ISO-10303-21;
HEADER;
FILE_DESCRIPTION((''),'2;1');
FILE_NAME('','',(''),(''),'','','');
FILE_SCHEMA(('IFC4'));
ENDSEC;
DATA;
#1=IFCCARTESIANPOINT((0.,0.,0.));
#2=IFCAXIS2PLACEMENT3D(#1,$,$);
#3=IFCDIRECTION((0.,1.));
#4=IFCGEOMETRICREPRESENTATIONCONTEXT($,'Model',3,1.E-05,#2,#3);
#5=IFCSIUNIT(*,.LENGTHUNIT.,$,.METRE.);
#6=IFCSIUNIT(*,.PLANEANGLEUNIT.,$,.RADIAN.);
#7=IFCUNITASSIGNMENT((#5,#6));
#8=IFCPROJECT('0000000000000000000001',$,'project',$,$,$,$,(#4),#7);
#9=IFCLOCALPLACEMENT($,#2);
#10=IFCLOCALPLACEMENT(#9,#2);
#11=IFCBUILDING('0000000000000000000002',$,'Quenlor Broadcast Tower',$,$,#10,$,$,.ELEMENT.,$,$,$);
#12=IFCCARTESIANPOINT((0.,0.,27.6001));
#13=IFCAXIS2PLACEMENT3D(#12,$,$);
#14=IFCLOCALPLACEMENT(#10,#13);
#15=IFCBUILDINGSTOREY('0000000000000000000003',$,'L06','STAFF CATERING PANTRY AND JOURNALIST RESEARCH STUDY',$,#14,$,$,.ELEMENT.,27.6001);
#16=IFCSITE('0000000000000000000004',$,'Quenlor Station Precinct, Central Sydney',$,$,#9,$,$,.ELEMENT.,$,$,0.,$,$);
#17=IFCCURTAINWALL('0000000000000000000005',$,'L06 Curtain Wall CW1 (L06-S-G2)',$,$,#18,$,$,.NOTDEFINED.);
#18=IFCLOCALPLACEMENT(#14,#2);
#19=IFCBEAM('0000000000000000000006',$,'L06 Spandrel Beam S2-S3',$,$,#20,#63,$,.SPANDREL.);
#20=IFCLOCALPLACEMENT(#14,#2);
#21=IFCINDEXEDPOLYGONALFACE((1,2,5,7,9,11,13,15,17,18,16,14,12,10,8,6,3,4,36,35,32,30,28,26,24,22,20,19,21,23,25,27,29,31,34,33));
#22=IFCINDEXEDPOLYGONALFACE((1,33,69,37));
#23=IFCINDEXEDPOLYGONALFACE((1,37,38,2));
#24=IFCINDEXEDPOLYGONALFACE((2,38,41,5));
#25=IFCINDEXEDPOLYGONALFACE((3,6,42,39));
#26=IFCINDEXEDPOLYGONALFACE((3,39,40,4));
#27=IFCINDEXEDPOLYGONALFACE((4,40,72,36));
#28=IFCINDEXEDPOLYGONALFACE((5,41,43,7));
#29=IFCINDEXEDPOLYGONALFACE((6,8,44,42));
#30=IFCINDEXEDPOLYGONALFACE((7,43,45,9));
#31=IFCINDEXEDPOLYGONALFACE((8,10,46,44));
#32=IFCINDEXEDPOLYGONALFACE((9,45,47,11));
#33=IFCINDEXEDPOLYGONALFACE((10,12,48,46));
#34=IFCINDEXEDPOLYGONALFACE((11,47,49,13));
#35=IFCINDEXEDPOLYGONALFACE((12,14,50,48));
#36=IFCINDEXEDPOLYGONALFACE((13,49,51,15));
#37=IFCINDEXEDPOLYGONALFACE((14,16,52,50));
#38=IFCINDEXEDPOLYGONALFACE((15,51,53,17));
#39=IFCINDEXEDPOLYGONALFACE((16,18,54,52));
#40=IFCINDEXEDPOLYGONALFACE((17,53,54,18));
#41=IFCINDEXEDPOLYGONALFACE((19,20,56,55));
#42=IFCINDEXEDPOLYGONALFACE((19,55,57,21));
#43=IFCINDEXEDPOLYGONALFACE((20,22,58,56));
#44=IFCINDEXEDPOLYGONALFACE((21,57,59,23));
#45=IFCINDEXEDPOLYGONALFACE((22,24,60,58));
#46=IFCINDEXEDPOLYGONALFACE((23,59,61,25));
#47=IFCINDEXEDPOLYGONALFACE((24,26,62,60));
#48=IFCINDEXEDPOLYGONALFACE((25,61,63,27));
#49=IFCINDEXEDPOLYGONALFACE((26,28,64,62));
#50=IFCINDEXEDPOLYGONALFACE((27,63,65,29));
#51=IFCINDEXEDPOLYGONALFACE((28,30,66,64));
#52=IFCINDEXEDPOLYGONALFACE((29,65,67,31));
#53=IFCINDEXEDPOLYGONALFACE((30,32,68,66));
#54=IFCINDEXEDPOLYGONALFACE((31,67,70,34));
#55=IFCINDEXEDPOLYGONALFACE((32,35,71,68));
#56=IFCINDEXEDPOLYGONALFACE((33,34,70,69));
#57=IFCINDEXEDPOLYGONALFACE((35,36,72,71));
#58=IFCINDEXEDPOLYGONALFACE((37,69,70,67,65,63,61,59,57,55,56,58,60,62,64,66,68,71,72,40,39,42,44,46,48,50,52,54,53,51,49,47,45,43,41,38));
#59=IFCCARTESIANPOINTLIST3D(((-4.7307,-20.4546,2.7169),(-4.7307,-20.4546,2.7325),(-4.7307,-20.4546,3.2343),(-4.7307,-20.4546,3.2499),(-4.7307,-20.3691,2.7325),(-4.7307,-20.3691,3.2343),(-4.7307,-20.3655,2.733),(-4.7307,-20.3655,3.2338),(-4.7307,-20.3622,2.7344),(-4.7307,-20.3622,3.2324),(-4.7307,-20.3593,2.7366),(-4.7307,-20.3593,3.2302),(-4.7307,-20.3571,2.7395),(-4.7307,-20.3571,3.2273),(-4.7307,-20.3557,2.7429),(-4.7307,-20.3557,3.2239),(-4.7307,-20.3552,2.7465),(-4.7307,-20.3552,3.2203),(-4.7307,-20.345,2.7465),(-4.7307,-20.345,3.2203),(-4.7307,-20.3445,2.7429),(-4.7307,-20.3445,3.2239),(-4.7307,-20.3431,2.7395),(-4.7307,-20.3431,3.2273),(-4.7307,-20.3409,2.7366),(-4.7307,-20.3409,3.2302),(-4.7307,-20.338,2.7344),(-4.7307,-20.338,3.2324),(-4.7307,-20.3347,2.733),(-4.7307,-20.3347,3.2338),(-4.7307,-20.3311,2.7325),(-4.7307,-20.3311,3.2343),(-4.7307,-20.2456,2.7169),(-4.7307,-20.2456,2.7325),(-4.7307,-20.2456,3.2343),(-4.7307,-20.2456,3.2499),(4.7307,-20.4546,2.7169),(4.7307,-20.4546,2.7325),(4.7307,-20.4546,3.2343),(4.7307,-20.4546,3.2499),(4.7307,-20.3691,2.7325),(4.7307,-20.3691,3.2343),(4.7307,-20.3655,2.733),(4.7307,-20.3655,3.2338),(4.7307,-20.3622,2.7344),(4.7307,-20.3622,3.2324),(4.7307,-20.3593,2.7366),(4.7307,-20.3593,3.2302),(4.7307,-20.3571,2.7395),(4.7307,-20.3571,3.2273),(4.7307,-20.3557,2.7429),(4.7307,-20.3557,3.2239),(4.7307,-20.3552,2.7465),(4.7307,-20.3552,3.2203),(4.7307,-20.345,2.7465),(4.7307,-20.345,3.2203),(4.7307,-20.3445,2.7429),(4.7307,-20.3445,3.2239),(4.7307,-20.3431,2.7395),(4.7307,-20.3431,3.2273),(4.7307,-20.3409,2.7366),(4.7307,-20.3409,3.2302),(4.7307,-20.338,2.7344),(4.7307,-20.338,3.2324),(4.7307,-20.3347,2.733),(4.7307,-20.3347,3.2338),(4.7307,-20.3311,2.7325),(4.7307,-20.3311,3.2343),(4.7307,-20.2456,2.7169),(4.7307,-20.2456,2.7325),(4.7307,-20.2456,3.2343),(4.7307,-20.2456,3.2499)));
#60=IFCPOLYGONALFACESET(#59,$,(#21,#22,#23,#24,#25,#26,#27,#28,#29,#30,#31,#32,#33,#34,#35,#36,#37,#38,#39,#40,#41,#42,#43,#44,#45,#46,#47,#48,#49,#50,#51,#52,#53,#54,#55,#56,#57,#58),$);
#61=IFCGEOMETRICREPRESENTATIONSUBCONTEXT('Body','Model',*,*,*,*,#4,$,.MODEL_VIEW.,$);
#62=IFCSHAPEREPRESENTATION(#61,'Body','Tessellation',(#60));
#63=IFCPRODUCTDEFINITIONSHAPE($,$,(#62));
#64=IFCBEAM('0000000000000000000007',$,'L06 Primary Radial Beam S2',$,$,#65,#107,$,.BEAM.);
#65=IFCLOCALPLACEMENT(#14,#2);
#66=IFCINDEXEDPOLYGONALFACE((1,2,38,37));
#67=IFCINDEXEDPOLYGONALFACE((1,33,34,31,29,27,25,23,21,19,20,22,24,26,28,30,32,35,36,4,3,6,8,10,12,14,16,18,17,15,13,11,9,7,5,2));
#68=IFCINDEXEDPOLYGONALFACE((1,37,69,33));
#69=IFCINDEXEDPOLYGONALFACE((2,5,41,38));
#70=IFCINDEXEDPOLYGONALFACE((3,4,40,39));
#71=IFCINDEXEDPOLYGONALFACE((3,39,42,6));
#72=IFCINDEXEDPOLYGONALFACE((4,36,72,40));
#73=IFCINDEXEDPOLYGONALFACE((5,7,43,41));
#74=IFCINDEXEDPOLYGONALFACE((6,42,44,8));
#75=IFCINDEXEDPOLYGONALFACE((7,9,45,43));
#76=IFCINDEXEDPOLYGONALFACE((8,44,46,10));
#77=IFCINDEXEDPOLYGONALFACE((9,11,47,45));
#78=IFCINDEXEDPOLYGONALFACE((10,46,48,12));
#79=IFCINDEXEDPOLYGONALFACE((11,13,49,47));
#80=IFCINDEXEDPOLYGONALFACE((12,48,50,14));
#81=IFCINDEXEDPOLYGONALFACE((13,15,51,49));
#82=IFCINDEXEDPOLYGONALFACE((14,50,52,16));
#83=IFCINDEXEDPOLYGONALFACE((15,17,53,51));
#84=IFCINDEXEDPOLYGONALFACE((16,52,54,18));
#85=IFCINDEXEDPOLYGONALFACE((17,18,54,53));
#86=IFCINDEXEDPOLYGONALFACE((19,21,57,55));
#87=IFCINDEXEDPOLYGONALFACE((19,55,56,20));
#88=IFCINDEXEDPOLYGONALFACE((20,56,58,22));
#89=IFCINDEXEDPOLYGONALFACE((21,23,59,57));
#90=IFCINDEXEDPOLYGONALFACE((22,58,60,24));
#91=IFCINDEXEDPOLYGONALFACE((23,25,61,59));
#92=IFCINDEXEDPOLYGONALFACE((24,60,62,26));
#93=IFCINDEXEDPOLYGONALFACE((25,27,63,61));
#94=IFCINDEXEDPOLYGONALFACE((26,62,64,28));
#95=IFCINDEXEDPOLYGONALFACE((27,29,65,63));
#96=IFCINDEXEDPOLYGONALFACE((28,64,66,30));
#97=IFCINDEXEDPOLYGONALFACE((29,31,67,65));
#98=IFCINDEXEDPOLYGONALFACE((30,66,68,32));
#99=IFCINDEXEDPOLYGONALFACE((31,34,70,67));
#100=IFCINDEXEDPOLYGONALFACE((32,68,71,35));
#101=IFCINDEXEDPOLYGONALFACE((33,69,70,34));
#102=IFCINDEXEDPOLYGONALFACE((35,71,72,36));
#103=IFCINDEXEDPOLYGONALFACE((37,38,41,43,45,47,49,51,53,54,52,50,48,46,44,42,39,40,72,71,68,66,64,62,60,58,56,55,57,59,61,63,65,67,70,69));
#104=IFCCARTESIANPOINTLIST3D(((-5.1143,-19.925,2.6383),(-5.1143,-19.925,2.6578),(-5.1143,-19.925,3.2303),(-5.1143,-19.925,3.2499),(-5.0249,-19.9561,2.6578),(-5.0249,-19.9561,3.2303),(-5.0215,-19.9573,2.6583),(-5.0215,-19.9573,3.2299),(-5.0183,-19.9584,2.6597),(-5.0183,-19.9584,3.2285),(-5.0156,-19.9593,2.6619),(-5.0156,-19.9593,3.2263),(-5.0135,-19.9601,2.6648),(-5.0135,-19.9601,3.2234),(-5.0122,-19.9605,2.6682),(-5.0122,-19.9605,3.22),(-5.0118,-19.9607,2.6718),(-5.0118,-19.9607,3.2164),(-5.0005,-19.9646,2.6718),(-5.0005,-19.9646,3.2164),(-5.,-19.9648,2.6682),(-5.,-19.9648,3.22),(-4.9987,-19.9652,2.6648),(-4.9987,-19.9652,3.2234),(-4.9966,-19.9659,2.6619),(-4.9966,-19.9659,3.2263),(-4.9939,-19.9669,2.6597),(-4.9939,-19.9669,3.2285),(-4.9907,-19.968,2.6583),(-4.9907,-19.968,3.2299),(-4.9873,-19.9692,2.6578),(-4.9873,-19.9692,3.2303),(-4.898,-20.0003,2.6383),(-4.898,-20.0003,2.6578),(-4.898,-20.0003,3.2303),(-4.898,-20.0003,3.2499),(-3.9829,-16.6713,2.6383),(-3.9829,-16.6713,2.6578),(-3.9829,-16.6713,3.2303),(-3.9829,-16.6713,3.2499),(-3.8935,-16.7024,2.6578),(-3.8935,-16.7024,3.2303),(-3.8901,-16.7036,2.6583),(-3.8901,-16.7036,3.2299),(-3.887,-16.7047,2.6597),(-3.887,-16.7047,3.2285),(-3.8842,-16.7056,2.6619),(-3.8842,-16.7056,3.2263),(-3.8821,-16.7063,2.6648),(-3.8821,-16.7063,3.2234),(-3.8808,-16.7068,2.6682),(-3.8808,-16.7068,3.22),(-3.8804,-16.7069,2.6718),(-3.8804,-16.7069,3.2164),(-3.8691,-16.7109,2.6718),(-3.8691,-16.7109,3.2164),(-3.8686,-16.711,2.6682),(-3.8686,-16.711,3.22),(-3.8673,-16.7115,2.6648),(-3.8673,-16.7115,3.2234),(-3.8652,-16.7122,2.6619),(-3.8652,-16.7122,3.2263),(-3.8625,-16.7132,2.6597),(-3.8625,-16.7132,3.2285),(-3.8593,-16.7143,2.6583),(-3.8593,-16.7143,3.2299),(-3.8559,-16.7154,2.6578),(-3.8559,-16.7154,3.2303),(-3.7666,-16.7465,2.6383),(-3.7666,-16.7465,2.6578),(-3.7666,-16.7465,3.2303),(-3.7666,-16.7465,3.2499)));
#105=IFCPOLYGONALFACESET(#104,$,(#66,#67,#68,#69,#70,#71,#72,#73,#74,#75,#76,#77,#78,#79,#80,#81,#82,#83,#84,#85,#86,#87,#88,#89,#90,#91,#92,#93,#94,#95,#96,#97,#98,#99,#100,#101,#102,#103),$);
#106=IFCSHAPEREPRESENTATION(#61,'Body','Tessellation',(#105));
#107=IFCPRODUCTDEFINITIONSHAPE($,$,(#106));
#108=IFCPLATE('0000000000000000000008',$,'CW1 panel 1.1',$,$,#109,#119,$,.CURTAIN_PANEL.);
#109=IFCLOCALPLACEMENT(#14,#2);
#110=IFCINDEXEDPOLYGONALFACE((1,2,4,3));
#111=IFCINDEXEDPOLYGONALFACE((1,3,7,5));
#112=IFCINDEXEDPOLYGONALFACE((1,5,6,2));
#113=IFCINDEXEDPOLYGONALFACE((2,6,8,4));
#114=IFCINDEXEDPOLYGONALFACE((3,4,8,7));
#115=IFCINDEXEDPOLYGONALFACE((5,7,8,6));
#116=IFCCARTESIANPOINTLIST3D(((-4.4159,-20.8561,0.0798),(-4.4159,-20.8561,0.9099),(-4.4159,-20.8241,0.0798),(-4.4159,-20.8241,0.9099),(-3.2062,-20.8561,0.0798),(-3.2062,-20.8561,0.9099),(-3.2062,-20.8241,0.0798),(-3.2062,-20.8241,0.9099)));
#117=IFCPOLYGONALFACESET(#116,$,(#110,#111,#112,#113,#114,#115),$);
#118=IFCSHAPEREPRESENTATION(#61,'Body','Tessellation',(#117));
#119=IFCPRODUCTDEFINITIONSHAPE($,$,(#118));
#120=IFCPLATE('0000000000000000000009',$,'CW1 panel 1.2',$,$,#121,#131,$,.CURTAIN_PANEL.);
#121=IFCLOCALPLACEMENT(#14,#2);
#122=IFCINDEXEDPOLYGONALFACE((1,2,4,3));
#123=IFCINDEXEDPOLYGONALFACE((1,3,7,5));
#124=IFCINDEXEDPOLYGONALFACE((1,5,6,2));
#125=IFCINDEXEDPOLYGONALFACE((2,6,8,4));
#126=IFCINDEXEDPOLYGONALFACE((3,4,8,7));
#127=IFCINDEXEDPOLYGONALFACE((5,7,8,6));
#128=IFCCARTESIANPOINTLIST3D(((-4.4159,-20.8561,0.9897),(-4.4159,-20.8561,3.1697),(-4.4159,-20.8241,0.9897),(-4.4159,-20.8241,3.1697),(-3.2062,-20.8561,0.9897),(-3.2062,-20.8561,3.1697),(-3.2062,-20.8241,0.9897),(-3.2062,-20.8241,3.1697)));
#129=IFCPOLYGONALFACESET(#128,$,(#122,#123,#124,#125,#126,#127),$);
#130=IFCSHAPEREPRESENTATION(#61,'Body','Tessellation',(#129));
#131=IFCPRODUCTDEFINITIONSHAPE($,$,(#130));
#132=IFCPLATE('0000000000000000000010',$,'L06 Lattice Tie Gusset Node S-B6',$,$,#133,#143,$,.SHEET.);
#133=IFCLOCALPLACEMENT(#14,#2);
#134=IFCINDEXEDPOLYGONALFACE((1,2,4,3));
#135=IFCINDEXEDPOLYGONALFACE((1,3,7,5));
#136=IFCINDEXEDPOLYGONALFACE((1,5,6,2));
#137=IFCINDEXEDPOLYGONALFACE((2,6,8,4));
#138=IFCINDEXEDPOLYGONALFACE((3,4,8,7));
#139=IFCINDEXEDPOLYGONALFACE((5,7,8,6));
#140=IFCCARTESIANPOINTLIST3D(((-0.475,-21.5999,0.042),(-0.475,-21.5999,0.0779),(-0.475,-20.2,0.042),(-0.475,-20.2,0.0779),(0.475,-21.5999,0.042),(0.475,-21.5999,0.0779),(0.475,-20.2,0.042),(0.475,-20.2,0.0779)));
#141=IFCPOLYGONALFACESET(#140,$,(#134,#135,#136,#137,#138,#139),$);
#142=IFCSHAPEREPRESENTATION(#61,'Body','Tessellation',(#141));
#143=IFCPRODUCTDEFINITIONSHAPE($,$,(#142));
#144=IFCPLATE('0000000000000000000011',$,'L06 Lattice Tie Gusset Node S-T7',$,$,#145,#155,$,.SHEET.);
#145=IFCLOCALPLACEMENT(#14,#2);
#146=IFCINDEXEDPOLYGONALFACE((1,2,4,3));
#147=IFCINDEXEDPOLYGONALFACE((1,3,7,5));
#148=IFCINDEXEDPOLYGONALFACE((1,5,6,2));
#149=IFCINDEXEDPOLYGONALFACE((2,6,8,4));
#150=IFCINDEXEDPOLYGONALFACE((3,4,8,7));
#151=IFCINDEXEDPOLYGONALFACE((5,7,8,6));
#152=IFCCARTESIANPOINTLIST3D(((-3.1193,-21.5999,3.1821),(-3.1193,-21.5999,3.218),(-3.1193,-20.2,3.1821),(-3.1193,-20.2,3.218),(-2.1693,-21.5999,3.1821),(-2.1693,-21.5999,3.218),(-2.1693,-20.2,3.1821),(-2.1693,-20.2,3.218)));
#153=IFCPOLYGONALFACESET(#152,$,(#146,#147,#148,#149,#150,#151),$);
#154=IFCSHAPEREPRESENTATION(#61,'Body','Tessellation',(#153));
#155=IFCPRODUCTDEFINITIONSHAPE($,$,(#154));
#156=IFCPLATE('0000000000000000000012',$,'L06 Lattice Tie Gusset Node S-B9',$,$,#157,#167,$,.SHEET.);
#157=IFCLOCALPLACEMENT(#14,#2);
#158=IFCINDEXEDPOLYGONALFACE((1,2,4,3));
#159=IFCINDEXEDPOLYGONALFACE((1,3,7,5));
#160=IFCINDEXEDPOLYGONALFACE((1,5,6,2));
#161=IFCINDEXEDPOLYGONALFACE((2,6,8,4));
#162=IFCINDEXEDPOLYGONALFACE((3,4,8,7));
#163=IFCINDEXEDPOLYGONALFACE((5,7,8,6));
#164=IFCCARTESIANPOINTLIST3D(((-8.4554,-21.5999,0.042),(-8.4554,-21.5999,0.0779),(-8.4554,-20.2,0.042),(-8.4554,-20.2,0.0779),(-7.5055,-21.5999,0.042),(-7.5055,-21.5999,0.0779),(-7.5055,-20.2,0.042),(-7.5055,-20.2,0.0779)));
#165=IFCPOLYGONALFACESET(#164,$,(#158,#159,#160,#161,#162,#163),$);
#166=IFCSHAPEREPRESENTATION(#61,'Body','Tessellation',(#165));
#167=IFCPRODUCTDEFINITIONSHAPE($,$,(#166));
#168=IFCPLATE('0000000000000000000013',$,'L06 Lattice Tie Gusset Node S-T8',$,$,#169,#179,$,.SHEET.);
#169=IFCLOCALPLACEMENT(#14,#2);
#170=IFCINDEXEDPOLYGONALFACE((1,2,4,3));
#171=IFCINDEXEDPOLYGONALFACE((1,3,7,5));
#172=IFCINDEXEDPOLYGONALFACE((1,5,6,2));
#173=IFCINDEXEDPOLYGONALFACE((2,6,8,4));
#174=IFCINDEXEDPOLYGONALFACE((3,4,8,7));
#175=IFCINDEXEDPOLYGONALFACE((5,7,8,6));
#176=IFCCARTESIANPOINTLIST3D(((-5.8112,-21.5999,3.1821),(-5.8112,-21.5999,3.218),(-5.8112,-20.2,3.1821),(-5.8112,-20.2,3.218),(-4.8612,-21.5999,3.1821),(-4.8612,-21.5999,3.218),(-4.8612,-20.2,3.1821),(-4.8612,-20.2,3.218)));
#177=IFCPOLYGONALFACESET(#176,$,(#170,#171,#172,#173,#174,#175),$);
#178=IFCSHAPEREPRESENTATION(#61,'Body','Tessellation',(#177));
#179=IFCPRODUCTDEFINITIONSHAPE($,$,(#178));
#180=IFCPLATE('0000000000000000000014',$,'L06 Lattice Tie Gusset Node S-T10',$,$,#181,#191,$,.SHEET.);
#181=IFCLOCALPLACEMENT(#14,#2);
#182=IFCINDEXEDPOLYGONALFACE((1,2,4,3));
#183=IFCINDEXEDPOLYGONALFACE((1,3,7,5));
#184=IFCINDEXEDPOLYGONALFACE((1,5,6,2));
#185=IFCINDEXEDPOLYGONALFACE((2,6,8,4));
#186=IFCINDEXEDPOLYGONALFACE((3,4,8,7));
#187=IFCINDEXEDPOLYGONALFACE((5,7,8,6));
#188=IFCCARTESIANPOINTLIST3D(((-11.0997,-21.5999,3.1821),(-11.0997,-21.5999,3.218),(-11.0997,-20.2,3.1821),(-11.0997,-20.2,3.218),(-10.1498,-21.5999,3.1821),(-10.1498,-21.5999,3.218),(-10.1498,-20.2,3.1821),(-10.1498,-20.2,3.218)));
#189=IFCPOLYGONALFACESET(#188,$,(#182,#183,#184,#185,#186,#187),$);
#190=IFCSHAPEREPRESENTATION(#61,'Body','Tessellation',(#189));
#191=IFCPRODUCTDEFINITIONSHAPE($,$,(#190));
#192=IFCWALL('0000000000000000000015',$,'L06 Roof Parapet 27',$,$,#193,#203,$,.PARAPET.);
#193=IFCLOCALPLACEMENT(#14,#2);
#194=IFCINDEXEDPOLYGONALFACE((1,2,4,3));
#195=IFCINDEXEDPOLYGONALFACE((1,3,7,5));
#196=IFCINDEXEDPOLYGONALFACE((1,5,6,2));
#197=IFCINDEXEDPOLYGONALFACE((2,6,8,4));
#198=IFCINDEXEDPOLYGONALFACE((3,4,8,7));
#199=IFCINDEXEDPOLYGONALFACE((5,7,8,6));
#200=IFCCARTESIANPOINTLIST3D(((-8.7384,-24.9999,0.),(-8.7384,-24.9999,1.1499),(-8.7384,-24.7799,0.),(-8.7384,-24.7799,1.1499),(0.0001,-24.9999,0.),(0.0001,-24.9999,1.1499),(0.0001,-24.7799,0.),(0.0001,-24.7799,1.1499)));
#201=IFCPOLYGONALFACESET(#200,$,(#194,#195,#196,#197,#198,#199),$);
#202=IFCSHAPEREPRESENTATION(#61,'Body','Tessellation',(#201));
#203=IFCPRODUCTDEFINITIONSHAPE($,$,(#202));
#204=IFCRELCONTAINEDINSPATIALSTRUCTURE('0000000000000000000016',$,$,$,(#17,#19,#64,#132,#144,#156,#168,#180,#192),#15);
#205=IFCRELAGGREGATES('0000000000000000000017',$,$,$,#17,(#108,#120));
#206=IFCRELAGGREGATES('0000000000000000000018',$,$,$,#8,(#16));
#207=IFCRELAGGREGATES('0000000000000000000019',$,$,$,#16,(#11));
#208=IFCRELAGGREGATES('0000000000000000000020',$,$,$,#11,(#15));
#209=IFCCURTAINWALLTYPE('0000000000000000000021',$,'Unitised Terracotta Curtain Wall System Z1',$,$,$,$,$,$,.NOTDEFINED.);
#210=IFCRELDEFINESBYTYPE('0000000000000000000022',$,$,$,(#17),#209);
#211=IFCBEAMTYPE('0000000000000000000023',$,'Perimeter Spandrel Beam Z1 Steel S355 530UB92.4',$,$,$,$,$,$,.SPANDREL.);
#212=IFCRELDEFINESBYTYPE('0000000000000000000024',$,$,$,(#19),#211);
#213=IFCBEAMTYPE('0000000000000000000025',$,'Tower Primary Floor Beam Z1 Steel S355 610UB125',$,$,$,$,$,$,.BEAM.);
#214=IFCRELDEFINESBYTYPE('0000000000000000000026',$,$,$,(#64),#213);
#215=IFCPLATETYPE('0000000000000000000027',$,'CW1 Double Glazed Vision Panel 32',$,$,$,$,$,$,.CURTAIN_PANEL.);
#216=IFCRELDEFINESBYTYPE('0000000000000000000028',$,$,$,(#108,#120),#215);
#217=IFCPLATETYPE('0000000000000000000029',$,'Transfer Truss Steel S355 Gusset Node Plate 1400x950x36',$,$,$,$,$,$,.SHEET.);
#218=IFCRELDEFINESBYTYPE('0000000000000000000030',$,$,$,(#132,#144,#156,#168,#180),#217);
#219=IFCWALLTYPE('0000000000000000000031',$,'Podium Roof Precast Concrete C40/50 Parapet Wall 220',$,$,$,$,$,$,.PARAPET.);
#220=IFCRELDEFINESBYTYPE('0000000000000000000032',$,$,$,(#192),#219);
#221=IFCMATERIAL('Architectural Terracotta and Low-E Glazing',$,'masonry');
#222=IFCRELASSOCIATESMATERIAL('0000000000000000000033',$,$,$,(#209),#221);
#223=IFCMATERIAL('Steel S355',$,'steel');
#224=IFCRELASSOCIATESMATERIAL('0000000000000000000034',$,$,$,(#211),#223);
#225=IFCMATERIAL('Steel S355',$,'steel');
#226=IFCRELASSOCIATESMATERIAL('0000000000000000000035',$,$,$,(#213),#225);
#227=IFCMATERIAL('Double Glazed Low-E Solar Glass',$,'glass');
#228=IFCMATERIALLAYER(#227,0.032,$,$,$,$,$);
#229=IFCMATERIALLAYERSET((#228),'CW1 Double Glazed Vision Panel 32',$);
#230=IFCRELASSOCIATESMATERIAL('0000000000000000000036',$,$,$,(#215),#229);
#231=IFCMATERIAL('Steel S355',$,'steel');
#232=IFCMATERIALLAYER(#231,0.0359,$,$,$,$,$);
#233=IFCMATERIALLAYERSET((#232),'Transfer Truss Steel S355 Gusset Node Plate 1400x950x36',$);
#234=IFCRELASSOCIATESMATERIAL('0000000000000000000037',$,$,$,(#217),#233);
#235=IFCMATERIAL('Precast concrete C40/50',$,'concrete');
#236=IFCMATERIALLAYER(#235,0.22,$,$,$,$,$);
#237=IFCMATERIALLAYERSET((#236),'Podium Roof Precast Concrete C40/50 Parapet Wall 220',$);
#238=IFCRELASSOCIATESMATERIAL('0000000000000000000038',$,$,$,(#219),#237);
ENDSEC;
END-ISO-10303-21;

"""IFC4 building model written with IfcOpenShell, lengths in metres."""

from ifc_helpers import new_model, si_unit, direction, frame, frame_2d, origin, origin_2d, place, context, subcontext, project, spatial, rectangle, i_section, extrude, material, layer, layer_set, material_profile, profile_set, type_object, element, aggregate, save


model = new_model("IFC4")

# Units and contexts
model_context = context("Model", 3, precision=1e-05, world=origin(), true_north=direction((0.0, 1.0)))
body_context = subcontext(model_context, "Body", "Model", "MODEL_VIEW")
ifc_project = project(units=[si_unit("LENGTHUNIT", "METRE"), si_unit("PLANEANGLEUNIT", "RADIAN")], contexts=[model_context])

# Site, building, storey
site_placement = place(None, origin())
site = spatial("IfcSite", under=ifc_project, at=site_placement, Name="Quenlor Station Precinct, Central Sydney", CompositionType="ELEMENT", RefElevation=0.0)
building_placement = place(site_placement, origin())
building = spatial("IfcBuilding", under=site, at=building_placement, Name="Quenlor Broadcast Tower", CompositionType="ELEMENT")
storey_placement = place(building_placement, frame((0.0, 0.0, 27.6001)))
storey = spatial("IfcBuildingStorey", under=building, at=storey_placement, Name="L06", Description="STAFF CATERING PANTRY AND JOURNALIST RESEARCH STUDY", CompositionType="ELEMENT", Elevation=27.6001)

# Shared definitions
ifc_material_1 = material(Name="Architectural Terracotta and Low-E Glazing", Category="masonry")
curtain_wall_type = type_object("IfcCurtainWallType", Name="Unitised Terracotta Curtain Wall System Z1", PredefinedType="NOTDEFINED", material=ifc_material_1)

# Curtain wall
curtain_wall_1_placement = place(storey_placement, origin())
curtain_wall_1 = element("IfcCurtainWall", 1, at=curtain_wall_1_placement, inside=storey, type_object=curtain_wall_type, Name="L06 Curtain Wall CW1 (L06-S-G2)", PredefinedType="NOTDEFINED")

# Beams
ifc_material_2 = material(Name="Steel S355", Category="steel")
ifc_material_profile_1 = material_profile(ifc_material_2, i_section(OverallWidth=0.209, OverallDepth=0.533, WebThickness=0.0103, FlangeThickness=0.0156, FilletRadius=0.0139, at=origin_2d()))
ifc_profile_set_1 = profile_set([ifc_material_profile_1], Name="Steel S355 530UB92.4")
beam_type_1 = type_object("IfcBeamType", Name="Perimeter Spandrel Beam Z1 Steel S355 530UB92.4", PredefinedType="SPANDREL", material=ifc_profile_set_1)
beam_1_placement = place(storey_placement, frame((-4.7307, -20.3501, 2.9834), z_axis=(1.0, 0.0, 0.0), x_axis=(0.0, 1.0, 0.0)))
element("IfcBeam", 2, at=beam_1_placement, inside=storey, type_object=beam_type_1, Name="L06 Spandrel Beam S2-S3", PredefinedType="SPANDREL", context=body_context, shape_type="SweptSolid", body=[
    extrude(i_section(OverallWidth=0.209, OverallDepth=0.533, WebThickness=0.0103, FlangeThickness=0.0156, FilletRadius=0.0139, at=origin_2d()), origin(), (0.0, 0.0, 1.0), 9.4614),
])
ifc_material_3 = material(Name="Steel S355", Category="steel")
ifc_material_profile_2 = material_profile(ifc_material_3, i_section(OverallWidth=0.229, OverallDepth=0.6116, WebThickness=0.012, FlangeThickness=0.0195, FilletRadius=0.0139, at=origin_2d()))
ifc_profile_set_2 = profile_set([ifc_material_profile_2], Name="Steel S355 610UB125")
beam_type_2 = type_object("IfcBeamType", Name="Tower Primary Floor Beam Z1 Steel S355 610UB125", PredefinedType="BEAM", material=ifc_profile_set_2)
beam_2_placement = place(storey_placement, frame((-5.0061, -19.9626, 2.9441), z_axis=(0.328427, 0.944529, 0.0), x_axis=(-0.944529, 0.328427, 0.0)))
element("IfcBeam", 3, at=beam_2_placement, inside=storey, type_object=beam_type_2, Name="L06 Primary Radial Beam S2", PredefinedType="BEAM", context=body_context, shape_type="SweptSolid", body=[
    extrude(i_section(OverallWidth=0.229, OverallDepth=0.6116, WebThickness=0.012, FlangeThickness=0.0195, FilletRadius=0.0139, at=origin_2d()), origin(), (0.0, 0.0, 1.0), 3.4448),
])

# Plates
ifc_material_4 = material(Name="Double Glazed Low-E Solar Glass", Category="glass")
ifc_layer_1 = layer(ifc_material_4, 0.032)
ifc_layer_set_1 = layer_set([ifc_layer_1], Name="CW1 Double Glazed Vision Panel 32")
plate_type_1 = type_object("IfcPlateType", Name="CW1 Double Glazed Vision Panel 32", PredefinedType="CURTAIN_PANEL", material=ifc_layer_set_1)
plate_1_placement = place(storey_placement, frame((-3.811, -20.8401, 0.0798), z_axis=(0.0, 0.0, 1.0), x_axis=(-1.0, 0.0, 0.0)))
plate_1 = element("IfcPlate", 4, at=plate_1_placement, type_object=plate_type_1, Name="CW1 panel 1.1", PredefinedType="CURTAIN_PANEL", context=body_context, shape_type="SweptSolid", body=[
    extrude(rectangle(XDim=1.2097, YDim=0.032, at=origin_2d()), origin(), (0.0, 0.0, 1.0), 0.8301),
])
plate_2_placement = place(storey_placement, frame((-3.811, -20.8401, 0.9897), z_axis=(0.0, 0.0, 1.0), x_axis=(-1.0, 0.0, 0.0)))
plate_2 = element("IfcPlate", 5, at=plate_2_placement, type_object=plate_type_1, Name="CW1 panel 1.2", PredefinedType="CURTAIN_PANEL", context=body_context, shape_type="SweptSolid", body=[
    extrude(rectangle(XDim=1.2097, YDim=0.032, at=origin_2d()), origin(), (0.0, 0.0, 1.0), 2.1799),
])
aggregate(curtain_wall_1, [plate_1, plate_2])

# Plates
ifc_material_5 = material(Name="Steel S355", Category="steel")
ifc_layer_2 = layer(ifc_material_5, 0.0359)
ifc_layer_set_2 = layer_set([ifc_layer_2], Name="Transfer Truss Steel S355 Gusset Node Plate 1400x950x36")
plate_type_2 = type_object("IfcPlateType", Name="Transfer Truss Steel S355 Gusset Node Plate 1400x950x36", PredefinedType="SHEET", material=ifc_layer_set_2)
for number, where, z_axis, x_axis, name in (
    (6, (0.0, -20.8999, 0.042), (0.0, 0.0, 1.0), (0.0, -1.0, 0.0), "L06 Lattice Tie Gusset Node S-B6"),
    (7, (-2.6443, -20.8999, 3.1821), (0.0, 0.0, 1.0), (0.0, -1.0, 0.0), "L06 Lattice Tie Gusset Node S-T7"),
    (8, (-7.9805, -20.8999, 0.042), (0.0, 0.0, 1.0), (0.0, -1.0, 0.0), "L06 Lattice Tie Gusset Node S-B9"),
    (9, (-5.3362, -20.8999, 3.1821), (0.0, 0.0, 1.0), (0.0, -1.0, 0.0), "L06 Lattice Tie Gusset Node S-T8"),
    (10, (-10.6248, -20.8999, 3.1821), (0.0, 0.0, 1.0), (0.0, -1.0, 0.0), "L06 Lattice Tie Gusset Node S-T10"),
):
    element("IfcPlate", number, at=place(storey_placement, frame(where, z_axis=z_axis, x_axis=x_axis)), inside=storey, type_object=plate_type_2, Name=name, PredefinedType="SHEET", context=body_context, shape_type="SweptSolid", body=[
        extrude(rectangle(XDim=1.3999, YDim=0.95, at=origin_2d()), origin(), (0.0, 0.0, 1.0), 0.0359),
    ])

# Wall
ifc_material_6 = material(Name="Precast concrete C40/50", Category="concrete")
ifc_layer_3 = layer(ifc_material_6, 0.22)
ifc_layer_set_3 = layer_set([ifc_layer_3], Name="Podium Roof Precast Concrete C40/50 Parapet Wall 220")
wall_type_1 = type_object("IfcWallType", Name="Podium Roof Precast Concrete C40/50 Parapet Wall 220", PredefinedType="PARAPET", material=ifc_layer_set_3)
wall_1_placement = place(storey_placement, frame((0.0, -24.8899, 0.0), z_axis=(0.0, 0.0, 1.0), x_axis=(-1.0, 0.0, 0.0)))
element("IfcWall", 11, at=wall_1_placement, inside=storey, type_object=wall_type_1, Name="L06 Roof Parapet 27", PredefinedType="PARAPET", context=body_context, shape_type="SweptSolid", body=[
    extrude(rectangle(XDim=8.7385, YDim=0.22, at=frame_2d((4.3691, 0.0))), origin(), (0.0, 0.0, 1.0), 1.1499),
])

save(model, "model.ifc")
